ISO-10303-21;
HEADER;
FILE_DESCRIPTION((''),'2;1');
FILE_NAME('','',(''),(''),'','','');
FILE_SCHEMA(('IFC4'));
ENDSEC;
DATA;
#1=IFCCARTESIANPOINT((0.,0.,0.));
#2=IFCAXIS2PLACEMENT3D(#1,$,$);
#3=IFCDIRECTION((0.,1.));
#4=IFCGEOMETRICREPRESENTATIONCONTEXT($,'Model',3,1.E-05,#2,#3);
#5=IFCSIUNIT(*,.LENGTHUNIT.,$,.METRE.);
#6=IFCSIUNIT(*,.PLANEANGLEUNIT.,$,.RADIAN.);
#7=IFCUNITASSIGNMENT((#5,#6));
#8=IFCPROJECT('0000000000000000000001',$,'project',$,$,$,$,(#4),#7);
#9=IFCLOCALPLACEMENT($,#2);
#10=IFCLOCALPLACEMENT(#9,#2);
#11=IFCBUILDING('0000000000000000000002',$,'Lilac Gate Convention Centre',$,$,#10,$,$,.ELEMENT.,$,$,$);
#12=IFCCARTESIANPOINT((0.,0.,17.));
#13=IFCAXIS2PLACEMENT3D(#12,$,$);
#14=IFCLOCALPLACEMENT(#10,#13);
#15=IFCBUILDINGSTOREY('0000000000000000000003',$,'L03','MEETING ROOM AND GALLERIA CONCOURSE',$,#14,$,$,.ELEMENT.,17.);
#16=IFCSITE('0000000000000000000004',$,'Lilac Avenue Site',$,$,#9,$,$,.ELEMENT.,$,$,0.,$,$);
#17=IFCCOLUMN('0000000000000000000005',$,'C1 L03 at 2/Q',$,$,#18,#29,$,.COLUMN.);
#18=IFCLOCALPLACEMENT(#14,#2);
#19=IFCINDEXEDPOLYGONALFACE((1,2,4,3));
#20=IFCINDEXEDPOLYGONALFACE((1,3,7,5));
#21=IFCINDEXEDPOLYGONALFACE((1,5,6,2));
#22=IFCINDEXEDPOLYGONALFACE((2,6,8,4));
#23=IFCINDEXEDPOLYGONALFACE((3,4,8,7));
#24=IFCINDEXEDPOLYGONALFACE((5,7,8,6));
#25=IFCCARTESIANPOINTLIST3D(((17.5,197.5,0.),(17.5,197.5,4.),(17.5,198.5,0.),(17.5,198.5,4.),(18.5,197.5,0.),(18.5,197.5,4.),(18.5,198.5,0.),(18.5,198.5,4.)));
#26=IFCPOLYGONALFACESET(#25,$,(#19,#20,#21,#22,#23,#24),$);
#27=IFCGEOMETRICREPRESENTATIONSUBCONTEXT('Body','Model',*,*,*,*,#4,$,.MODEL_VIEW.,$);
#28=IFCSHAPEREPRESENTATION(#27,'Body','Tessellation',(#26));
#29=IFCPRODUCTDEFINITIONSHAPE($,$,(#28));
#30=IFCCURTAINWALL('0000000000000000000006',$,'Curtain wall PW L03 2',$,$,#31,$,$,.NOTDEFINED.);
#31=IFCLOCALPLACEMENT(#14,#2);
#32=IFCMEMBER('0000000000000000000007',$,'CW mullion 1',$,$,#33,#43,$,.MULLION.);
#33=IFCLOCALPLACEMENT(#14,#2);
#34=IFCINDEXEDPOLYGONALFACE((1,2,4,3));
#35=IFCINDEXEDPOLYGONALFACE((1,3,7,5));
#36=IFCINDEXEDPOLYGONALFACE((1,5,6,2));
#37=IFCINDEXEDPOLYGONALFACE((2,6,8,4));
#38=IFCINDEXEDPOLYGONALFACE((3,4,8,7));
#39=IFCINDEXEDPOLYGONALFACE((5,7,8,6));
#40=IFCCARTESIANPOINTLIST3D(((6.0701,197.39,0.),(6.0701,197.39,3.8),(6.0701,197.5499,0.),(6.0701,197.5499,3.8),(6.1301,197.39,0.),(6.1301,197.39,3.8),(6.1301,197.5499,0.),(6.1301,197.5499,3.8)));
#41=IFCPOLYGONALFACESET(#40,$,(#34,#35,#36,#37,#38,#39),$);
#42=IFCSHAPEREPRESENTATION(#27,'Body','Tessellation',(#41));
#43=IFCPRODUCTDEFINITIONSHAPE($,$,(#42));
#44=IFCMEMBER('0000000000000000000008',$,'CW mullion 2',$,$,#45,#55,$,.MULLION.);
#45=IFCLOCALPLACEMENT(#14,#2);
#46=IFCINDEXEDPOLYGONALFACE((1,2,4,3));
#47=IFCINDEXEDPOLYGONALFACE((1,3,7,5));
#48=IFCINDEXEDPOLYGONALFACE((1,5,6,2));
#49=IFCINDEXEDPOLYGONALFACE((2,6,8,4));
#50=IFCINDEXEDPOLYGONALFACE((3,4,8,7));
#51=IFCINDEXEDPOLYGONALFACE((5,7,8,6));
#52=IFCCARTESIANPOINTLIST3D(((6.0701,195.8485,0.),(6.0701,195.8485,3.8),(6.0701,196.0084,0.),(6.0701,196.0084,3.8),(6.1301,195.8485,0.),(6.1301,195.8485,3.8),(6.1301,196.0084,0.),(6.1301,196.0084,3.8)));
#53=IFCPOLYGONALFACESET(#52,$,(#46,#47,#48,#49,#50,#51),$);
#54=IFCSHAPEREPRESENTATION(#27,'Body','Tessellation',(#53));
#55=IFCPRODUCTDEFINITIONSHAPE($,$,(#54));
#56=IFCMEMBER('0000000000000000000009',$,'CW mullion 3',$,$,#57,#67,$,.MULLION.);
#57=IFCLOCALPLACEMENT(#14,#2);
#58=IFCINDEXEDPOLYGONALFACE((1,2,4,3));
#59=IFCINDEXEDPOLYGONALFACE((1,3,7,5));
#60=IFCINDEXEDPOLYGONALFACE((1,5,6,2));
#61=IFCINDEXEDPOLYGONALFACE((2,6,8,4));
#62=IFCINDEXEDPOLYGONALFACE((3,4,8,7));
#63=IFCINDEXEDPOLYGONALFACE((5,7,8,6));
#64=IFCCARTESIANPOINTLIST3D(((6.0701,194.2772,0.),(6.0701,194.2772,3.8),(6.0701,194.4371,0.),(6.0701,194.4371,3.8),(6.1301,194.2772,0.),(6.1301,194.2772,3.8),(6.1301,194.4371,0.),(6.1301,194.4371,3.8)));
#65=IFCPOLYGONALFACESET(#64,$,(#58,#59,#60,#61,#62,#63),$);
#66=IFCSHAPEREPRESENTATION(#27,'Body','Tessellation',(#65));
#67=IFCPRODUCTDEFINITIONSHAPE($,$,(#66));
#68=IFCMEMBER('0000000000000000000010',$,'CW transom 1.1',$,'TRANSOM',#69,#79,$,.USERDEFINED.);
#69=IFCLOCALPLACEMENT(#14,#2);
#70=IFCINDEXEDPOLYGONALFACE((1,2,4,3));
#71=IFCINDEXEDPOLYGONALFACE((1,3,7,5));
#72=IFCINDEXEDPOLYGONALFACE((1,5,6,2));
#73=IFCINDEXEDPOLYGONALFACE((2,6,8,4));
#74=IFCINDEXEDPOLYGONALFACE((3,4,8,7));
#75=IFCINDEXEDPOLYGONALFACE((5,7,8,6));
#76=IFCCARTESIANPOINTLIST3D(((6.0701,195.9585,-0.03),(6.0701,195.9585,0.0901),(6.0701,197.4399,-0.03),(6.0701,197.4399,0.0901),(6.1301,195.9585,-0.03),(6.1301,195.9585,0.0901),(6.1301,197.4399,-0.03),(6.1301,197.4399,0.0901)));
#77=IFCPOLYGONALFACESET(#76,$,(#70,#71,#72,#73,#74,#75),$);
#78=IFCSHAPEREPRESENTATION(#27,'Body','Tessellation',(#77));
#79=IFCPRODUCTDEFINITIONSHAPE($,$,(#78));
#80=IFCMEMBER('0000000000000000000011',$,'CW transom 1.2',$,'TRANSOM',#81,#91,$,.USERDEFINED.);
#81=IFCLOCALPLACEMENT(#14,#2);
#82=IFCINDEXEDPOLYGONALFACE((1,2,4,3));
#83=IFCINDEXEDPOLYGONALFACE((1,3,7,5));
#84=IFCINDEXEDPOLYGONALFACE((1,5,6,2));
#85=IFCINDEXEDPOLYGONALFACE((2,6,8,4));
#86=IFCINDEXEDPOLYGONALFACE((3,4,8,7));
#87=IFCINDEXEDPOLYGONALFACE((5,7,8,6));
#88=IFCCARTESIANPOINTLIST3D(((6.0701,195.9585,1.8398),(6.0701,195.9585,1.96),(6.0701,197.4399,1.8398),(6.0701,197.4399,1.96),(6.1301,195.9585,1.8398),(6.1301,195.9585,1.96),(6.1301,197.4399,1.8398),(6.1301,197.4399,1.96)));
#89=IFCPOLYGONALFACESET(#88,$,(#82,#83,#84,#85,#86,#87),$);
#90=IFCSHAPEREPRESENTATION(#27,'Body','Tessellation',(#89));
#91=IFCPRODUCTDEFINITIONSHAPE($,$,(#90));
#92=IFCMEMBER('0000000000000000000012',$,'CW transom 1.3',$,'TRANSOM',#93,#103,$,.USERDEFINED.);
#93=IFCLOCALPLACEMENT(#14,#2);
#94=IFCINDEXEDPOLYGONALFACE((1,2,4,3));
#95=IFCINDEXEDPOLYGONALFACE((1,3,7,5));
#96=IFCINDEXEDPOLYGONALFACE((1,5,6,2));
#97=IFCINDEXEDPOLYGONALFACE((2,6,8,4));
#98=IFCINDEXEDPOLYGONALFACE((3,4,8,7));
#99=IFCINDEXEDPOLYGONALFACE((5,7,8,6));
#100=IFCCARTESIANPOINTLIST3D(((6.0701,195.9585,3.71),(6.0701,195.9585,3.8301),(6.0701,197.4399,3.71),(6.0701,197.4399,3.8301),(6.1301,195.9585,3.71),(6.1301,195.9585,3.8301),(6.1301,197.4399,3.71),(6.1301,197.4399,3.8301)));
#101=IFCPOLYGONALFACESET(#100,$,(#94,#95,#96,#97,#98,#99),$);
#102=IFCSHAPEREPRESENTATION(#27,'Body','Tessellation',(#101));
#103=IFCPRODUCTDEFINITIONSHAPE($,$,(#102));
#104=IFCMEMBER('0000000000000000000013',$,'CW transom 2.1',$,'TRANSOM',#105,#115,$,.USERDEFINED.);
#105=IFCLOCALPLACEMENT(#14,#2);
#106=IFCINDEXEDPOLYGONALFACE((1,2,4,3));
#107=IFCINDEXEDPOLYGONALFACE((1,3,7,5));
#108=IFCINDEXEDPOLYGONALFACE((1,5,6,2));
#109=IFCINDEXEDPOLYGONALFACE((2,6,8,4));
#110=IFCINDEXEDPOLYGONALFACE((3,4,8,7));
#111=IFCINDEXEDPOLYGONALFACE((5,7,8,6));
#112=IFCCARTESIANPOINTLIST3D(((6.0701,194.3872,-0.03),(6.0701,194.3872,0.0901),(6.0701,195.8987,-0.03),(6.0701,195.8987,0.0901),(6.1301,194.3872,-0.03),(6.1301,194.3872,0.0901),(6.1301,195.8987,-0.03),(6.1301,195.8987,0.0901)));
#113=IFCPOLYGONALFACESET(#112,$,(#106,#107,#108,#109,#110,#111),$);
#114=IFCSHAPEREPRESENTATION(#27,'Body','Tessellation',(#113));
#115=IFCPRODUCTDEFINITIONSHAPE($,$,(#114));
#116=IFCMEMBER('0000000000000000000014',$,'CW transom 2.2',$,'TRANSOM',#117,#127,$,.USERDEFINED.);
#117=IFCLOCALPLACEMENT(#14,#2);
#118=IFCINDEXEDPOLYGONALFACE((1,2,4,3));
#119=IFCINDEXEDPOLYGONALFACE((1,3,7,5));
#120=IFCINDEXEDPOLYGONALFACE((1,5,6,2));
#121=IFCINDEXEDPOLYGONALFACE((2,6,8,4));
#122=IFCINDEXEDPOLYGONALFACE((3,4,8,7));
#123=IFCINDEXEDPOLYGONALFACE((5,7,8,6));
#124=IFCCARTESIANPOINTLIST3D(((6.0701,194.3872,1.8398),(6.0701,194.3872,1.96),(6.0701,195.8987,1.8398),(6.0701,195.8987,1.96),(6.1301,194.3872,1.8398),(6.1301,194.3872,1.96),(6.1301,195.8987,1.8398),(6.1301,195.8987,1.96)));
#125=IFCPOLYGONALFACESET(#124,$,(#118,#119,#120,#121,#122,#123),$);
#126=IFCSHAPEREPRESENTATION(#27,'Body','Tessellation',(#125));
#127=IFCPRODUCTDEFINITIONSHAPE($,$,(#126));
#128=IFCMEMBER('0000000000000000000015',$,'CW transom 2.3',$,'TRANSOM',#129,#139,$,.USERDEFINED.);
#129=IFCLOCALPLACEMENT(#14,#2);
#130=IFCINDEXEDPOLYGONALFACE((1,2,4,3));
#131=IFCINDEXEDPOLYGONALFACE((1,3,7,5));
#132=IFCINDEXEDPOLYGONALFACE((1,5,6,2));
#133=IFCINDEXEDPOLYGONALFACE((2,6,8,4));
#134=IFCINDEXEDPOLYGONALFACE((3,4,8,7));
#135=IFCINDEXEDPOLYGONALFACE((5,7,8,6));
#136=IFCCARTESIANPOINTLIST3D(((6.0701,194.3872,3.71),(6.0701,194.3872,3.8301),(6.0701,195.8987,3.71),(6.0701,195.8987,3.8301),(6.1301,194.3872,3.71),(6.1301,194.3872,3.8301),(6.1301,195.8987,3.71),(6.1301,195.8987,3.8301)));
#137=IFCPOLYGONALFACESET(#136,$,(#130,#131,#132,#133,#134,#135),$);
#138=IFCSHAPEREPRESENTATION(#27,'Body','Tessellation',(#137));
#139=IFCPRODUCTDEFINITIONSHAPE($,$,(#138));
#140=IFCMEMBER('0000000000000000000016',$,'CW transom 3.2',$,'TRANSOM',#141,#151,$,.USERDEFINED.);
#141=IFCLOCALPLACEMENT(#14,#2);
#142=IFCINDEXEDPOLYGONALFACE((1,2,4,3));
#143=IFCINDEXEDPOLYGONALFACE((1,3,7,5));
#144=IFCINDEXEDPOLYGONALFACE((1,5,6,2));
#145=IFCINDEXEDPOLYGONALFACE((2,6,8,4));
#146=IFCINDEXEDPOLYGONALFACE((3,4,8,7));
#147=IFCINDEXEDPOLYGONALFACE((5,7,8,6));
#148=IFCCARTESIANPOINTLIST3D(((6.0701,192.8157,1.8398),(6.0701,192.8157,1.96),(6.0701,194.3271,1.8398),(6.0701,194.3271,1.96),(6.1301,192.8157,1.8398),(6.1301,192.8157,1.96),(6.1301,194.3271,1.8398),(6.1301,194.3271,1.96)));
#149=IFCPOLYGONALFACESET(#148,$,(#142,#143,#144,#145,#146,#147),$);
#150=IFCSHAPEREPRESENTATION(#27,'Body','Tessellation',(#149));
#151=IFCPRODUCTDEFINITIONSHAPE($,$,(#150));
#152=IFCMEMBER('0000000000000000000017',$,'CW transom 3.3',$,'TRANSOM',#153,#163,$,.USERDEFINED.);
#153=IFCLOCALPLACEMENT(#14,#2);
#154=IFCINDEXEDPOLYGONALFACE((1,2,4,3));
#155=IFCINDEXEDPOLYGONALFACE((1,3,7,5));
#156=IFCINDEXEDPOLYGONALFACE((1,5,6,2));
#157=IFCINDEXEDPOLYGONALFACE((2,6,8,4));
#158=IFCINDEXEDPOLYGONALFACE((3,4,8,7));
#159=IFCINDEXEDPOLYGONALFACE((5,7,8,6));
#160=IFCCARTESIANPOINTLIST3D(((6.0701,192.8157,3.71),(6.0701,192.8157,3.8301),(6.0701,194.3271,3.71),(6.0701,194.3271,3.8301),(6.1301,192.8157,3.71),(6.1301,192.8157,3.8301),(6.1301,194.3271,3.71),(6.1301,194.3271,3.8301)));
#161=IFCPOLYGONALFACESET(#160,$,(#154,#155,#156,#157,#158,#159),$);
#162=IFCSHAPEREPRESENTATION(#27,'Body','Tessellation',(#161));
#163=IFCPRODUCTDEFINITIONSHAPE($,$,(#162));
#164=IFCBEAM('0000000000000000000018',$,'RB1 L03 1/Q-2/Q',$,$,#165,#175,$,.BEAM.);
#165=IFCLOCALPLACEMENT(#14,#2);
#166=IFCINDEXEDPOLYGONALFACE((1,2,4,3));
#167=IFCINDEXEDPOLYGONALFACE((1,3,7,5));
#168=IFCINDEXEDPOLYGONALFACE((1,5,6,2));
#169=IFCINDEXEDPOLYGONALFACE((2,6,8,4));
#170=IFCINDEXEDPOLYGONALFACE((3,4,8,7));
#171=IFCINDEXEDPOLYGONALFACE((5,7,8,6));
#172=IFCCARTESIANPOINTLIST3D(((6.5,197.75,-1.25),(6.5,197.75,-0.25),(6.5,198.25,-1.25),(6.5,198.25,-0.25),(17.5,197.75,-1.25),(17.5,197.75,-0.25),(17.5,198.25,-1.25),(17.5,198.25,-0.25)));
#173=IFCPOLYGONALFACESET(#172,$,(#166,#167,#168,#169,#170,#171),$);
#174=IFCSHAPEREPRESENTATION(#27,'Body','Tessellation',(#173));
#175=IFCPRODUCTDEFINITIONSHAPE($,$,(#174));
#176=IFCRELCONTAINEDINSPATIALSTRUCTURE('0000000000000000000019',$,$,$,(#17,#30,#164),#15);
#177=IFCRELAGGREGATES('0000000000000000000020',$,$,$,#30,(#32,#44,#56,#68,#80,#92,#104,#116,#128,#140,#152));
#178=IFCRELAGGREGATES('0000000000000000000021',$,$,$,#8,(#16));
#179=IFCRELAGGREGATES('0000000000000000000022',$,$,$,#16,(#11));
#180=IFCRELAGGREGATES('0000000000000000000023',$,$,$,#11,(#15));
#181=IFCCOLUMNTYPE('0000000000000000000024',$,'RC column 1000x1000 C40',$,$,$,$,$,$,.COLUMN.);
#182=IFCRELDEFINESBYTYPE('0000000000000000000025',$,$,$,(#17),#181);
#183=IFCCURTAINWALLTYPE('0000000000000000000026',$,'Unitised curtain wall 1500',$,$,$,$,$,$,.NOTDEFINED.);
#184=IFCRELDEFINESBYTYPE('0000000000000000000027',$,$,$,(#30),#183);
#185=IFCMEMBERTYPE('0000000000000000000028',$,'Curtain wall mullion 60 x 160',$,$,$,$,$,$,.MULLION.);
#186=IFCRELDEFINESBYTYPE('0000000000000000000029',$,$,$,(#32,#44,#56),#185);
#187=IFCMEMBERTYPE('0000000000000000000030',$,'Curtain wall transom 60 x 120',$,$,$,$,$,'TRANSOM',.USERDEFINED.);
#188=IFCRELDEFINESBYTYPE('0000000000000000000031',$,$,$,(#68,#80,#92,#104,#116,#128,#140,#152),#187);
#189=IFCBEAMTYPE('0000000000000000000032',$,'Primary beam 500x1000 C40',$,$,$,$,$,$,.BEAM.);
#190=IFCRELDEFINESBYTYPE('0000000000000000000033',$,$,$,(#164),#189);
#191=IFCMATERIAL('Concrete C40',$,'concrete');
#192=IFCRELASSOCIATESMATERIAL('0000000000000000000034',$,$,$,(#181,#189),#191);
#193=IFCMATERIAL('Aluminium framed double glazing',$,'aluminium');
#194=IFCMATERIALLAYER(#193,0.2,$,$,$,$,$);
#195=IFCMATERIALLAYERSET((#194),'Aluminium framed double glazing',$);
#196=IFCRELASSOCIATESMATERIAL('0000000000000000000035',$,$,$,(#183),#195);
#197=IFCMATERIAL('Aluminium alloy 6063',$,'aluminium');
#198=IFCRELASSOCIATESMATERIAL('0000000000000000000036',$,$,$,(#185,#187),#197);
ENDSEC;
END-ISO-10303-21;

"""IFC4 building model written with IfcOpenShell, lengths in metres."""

from ifc_helpers import new_model, si_unit, direction, frame, origin, origin_2d, place, context, subcontext, project, spatial, rectangle, extrude, material, layer, layer_set, material_profile, profile_set, type_object, element, aggregate, save


model = new_model("IFC4")

# Units and contexts
model_context = context("Model", 3, precision=1e-05, world=origin(), true_north=direction((0.0, 1.0)))
body_context = subcontext(model_context, "Body", "Model", "MODEL_VIEW")
ifc_project = project(units=[si_unit("LENGTHUNIT", "METRE"), si_unit("PLANEANGLEUNIT", "RADIAN")], contexts=[model_context])

# Site, building, storey
site_placement = place(None, origin())
site = spatial("IfcSite", under=ifc_project, at=site_placement, Name="Lilac Avenue Site", CompositionType="ELEMENT", RefElevation=0.0)
building_placement = place(site_placement, origin())
building = spatial("IfcBuilding", under=site, at=building_placement, Name="Lilac Gate Convention Centre", CompositionType="ELEMENT")
storey_placement = place(building_placement, frame((0.0, 0.0, 17.0)))
storey = spatial("IfcBuildingStorey", under=building, at=storey_placement, Name="L03", Description="MEETING ROOM AND GALLERIA CONCOURSE", CompositionType="ELEMENT", Elevation=17.0)

# Column
ifc_material_1 = material(Name="Concrete C40", Category="concrete")
ifc_material_profile_1 = material_profile(ifc_material_1, rectangle(XDim=1.0, YDim=1.0, at=origin_2d()), Name="RC 1000x1000")
ifc_profile_set_1 = profile_set([ifc_material_profile_1], Name="Concrete C40")
column_type = type_object("IfcColumnType", Name="RC column 1000x1000 C40", PredefinedType="COLUMN", material=ifc_profile_set_1)
column_placement = place(storey_placement, frame((18.0, 198.0, 0.0), z_axis=(0.0, 0.0, 1.0), x_axis=(1.0, 0.0, 0.0)))
element("IfcColumn", 1, at=column_placement, inside=storey, type_object=column_type, Name="C1 L03 at 2/Q", PredefinedType="COLUMN", context=body_context, shape_type="SweptSolid", body=[
    extrude(rectangle(XDim=1.0, YDim=1.0, at=origin_2d()), origin(), (0.0, 0.0, 1.0), 4.0),
])

# Curtain wall, members
ifc_material_2 = material(Name="Aluminium framed double glazing", Category="aluminium")
ifc_layer_1 = layer(ifc_material_2, 0.2)
ifc_layer_set_1 = layer_set([ifc_layer_1], Name="Aluminium framed double glazing")
curtain_wall_type = type_object("IfcCurtainWallType", Name="Unitised curtain wall 1500", PredefinedType="NOTDEFINED", material=ifc_layer_set_1)
curtain_wall_placement = place(storey_placement, origin())
curtain_wall = element("IfcCurtainWall", 2, at=curtain_wall_placement, inside=storey, type_object=curtain_wall_type, Name="Curtain wall PW L03 2", PredefinedType="NOTDEFINED")
ifc_material_3 = material(Name="Aluminium alloy 6063", Category="aluminium")
ifc_material_profile_2 = material_profile(ifc_material_3, rectangle(XDim=0.0601, YDim=0.1599, at=origin_2d()), Name="Curtain wall mullion 60 x 160")
ifc_profile_set_2 = profile_set([ifc_material_profile_2], Name="Aluminium alloy 6063")
member_type_1 = type_object("IfcMemberType", Name="Curtain wall mullion 60 x 160", PredefinedType="MULLION", material=ifc_profile_set_2)
member_1_placement = place(storey_placement, frame((6.1001, 197.47, 0.0), z_axis=(0.0, 0.0, 1.0), x_axis=(1.0, 0.0, 0.0)))
member_1 = element("IfcMember", 3, at=member_1_placement, type_object=member_type_1, Name="CW mullion 1", PredefinedType="MULLION", context=body_context, shape_type="SweptSolid", body=[
    extrude(rectangle(XDim=0.0601, YDim=0.1599, at=origin_2d()), origin(), (0.0, 0.0, 1.0), 3.8),
])
member_2_placement = place(storey_placement, frame((6.1001, 195.9285, 0.0), z_axis=(0.0, 0.0, 1.0), x_axis=(1.0, 0.0, 0.0)))
member_2 = element("IfcMember", 4, at=member_2_placement, type_object=member_type_1, Name="CW mullion 2", PredefinedType="MULLION", context=body_context, shape_type="SweptSolid", body=[
    extrude(rectangle(XDim=0.0601, YDim=0.1599, at=origin_2d()), origin(), (0.0, 0.0, 1.0), 3.8),
])
member_3_placement = place(storey_placement, frame((6.1001, 194.3572, 0.0), z_axis=(0.0, 0.0, 1.0), x_axis=(1.0, 0.0, 0.0)))
member_3 = element("IfcMember", 5, at=member_3_placement, type_object=member_type_1, Name="CW mullion 3", PredefinedType="MULLION", context=body_context, shape_type="SweptSolid", body=[
    extrude(rectangle(XDim=0.0601, YDim=0.1599, at=origin_2d()), origin(), (0.0, 0.0, 1.0), 3.8),
])
ifc_material_profile_3 = material_profile(ifc_material_3, rectangle(XDim=0.0601, YDim=0.1201, at=origin_2d()), Name="Curtain wall transom 60 x 120")
ifc_profile_set_3 = profile_set([ifc_material_profile_3], Name="Aluminium alloy 6063")
member_type_2 = type_object("IfcMemberType", Name="Curtain wall transom 60 x 120", ElementType="TRANSOM", PredefinedType="USERDEFINED", material=ifc_profile_set_3)
member_4_placement = place(storey_placement, frame((6.1001, 197.4399, 0.03), z_axis=(0.0, -1.0, 0.0), x_axis=(1.0, 0.0, 0.0)))
member_4 = element("IfcMember", 6, at=member_4_placement, type_object=member_type_2, Name="CW transom 1.1", ObjectType="TRANSOM", PredefinedType="USERDEFINED", context=body_context, shape_type="SweptSolid", body=[
    extrude(rectangle(XDim=0.0601, YDim=0.1201, at=origin_2d()), origin(), (0.0, 0.0, 1.0), 1.4814),
])
member_5_placement = place(storey_placement, frame((6.1001, 197.4399, 1.8999), z_axis=(0.0, -1.0, 0.0), x_axis=(1.0, 0.0, 0.0)))
member_5 = element("IfcMember", 7, at=member_5_placement, type_object=member_type_2, Name="CW transom 1.2", ObjectType="TRANSOM", PredefinedType="USERDEFINED", context=body_context, shape_type="SweptSolid", body=[
    extrude(rectangle(XDim=0.0601, YDim=0.1201, at=origin_2d()), origin(), (0.0, 0.0, 1.0), 1.4814),
])
member_6_placement = place(storey_placement, frame((6.1001, 197.4399, 3.77), z_axis=(0.0, -1.0, 0.0), x_axis=(1.0, 0.0, 0.0)))
member_6 = element("IfcMember", 8, at=member_6_placement, type_object=member_type_2, Name="CW transom 1.3", ObjectType="TRANSOM", PredefinedType="USERDEFINED", context=body_context, shape_type="SweptSolid", body=[
    extrude(rectangle(XDim=0.0601, YDim=0.1201, at=origin_2d()), origin(), (0.0, 0.0, 1.0), 1.4814),
])
member_7_placement = place(storey_placement, frame((6.1001, 195.8987, 0.03), z_axis=(0.0, -1.0, 0.0), x_axis=(1.0, 0.0, 0.0)))
member_7 = element("IfcMember", 9, at=member_7_placement, type_object=member_type_2, Name="CW transom 2.1", ObjectType="TRANSOM", PredefinedType="USERDEFINED", context=body_context, shape_type="SweptSolid", body=[
    extrude(rectangle(XDim=0.0601, YDim=0.1201, at=origin_2d()), origin(), (0.0, 0.0, 1.0), 1.5115),
])
member_8_placement = place(storey_placement, frame((6.1001, 195.8987, 1.8999), z_axis=(0.0, -1.0, 0.0), x_axis=(1.0, 0.0, 0.0)))
member_8 = element("IfcMember", 10, at=member_8_placement, type_object=member_type_2, Name="CW transom 2.2", ObjectType="TRANSOM", PredefinedType="USERDEFINED", context=body_context, shape_type="SweptSolid", body=[
    extrude(rectangle(XDim=0.0601, YDim=0.1201, at=origin_2d()), origin(), (0.0, 0.0, 1.0), 1.5115),
])
member_9_placement = place(storey_placement, frame((6.1001, 195.8987, 3.77), z_axis=(0.0, -1.0, 0.0), x_axis=(1.0, 0.0, 0.0)))
member_9 = element("IfcMember", 11, at=member_9_placement, type_object=member_type_2, Name="CW transom 2.3", ObjectType="TRANSOM", PredefinedType="USERDEFINED", context=body_context, shape_type="SweptSolid", body=[
    extrude(rectangle(XDim=0.0601, YDim=0.1201, at=origin_2d()), origin(), (0.0, 0.0, 1.0), 1.5115),
])
member_10_placement = place(storey_placement, frame((6.1001, 194.3271, 1.8999), z_axis=(0.0, -1.0, 0.0), x_axis=(1.0, 0.0, 0.0)))
member_10 = element("IfcMember", 12, at=member_10_placement, type_object=member_type_2, Name="CW transom 3.2", ObjectType="TRANSOM", PredefinedType="USERDEFINED", context=body_context, shape_type="SweptSolid", body=[
    extrude(rectangle(XDim=0.0601, YDim=0.1201, at=origin_2d()), origin(), (0.0, 0.0, 1.0), 1.5115),
])
member_11_placement = place(storey_placement, frame((6.1001, 194.3271, 3.77), z_axis=(0.0, -1.0, 0.0), x_axis=(1.0, 0.0, 0.0)))
member_11 = element("IfcMember", 13, at=member_11_placement, type_object=member_type_2, Name="CW transom 3.3", ObjectType="TRANSOM", PredefinedType="USERDEFINED", context=body_context, shape_type="SweptSolid", body=[
    extrude(rectangle(XDim=0.0601, YDim=0.1201, at=origin_2d()), origin(), (0.0, 0.0, 1.0), 1.5115),
])

# Beam
ifc_material_profile_4 = material_profile(ifc_material_1, rectangle(XDim=0.5, YDim=1.0, at=origin_2d()), Name="RC 500x1000")
ifc_profile_set_4 = profile_set([ifc_material_profile_4], Name="Concrete C40")
beam_type_1 = type_object("IfcBeamType", Name="Primary beam 500x1000 C40", PredefinedType="BEAM", material=ifc_profile_set_4)
beam_1_placement = place(storey_placement, frame((6.5, 198.0, -0.75), z_axis=(1.0, 0.0, 0.0), x_axis=(0.0, 1.0, 0.0)))
element("IfcBeam", 14, at=beam_1_placement, inside=storey, type_object=beam_type_1, Name="RB1 L03 1/Q-2/Q", PredefinedType="BEAM", context=body_context, shape_type="SweptSolid", body=[
    extrude(rectangle(XDim=0.5, YDim=1.0, at=origin_2d()), origin(), (0.0, 0.0, 1.0), 11.0),
])

aggregate(curtain_wall, [member_1, member_2, member_3, member_4, member_5, member_6, member_7, member_8, member_9, member_10, member_11])

save(model, "model.ifc")
